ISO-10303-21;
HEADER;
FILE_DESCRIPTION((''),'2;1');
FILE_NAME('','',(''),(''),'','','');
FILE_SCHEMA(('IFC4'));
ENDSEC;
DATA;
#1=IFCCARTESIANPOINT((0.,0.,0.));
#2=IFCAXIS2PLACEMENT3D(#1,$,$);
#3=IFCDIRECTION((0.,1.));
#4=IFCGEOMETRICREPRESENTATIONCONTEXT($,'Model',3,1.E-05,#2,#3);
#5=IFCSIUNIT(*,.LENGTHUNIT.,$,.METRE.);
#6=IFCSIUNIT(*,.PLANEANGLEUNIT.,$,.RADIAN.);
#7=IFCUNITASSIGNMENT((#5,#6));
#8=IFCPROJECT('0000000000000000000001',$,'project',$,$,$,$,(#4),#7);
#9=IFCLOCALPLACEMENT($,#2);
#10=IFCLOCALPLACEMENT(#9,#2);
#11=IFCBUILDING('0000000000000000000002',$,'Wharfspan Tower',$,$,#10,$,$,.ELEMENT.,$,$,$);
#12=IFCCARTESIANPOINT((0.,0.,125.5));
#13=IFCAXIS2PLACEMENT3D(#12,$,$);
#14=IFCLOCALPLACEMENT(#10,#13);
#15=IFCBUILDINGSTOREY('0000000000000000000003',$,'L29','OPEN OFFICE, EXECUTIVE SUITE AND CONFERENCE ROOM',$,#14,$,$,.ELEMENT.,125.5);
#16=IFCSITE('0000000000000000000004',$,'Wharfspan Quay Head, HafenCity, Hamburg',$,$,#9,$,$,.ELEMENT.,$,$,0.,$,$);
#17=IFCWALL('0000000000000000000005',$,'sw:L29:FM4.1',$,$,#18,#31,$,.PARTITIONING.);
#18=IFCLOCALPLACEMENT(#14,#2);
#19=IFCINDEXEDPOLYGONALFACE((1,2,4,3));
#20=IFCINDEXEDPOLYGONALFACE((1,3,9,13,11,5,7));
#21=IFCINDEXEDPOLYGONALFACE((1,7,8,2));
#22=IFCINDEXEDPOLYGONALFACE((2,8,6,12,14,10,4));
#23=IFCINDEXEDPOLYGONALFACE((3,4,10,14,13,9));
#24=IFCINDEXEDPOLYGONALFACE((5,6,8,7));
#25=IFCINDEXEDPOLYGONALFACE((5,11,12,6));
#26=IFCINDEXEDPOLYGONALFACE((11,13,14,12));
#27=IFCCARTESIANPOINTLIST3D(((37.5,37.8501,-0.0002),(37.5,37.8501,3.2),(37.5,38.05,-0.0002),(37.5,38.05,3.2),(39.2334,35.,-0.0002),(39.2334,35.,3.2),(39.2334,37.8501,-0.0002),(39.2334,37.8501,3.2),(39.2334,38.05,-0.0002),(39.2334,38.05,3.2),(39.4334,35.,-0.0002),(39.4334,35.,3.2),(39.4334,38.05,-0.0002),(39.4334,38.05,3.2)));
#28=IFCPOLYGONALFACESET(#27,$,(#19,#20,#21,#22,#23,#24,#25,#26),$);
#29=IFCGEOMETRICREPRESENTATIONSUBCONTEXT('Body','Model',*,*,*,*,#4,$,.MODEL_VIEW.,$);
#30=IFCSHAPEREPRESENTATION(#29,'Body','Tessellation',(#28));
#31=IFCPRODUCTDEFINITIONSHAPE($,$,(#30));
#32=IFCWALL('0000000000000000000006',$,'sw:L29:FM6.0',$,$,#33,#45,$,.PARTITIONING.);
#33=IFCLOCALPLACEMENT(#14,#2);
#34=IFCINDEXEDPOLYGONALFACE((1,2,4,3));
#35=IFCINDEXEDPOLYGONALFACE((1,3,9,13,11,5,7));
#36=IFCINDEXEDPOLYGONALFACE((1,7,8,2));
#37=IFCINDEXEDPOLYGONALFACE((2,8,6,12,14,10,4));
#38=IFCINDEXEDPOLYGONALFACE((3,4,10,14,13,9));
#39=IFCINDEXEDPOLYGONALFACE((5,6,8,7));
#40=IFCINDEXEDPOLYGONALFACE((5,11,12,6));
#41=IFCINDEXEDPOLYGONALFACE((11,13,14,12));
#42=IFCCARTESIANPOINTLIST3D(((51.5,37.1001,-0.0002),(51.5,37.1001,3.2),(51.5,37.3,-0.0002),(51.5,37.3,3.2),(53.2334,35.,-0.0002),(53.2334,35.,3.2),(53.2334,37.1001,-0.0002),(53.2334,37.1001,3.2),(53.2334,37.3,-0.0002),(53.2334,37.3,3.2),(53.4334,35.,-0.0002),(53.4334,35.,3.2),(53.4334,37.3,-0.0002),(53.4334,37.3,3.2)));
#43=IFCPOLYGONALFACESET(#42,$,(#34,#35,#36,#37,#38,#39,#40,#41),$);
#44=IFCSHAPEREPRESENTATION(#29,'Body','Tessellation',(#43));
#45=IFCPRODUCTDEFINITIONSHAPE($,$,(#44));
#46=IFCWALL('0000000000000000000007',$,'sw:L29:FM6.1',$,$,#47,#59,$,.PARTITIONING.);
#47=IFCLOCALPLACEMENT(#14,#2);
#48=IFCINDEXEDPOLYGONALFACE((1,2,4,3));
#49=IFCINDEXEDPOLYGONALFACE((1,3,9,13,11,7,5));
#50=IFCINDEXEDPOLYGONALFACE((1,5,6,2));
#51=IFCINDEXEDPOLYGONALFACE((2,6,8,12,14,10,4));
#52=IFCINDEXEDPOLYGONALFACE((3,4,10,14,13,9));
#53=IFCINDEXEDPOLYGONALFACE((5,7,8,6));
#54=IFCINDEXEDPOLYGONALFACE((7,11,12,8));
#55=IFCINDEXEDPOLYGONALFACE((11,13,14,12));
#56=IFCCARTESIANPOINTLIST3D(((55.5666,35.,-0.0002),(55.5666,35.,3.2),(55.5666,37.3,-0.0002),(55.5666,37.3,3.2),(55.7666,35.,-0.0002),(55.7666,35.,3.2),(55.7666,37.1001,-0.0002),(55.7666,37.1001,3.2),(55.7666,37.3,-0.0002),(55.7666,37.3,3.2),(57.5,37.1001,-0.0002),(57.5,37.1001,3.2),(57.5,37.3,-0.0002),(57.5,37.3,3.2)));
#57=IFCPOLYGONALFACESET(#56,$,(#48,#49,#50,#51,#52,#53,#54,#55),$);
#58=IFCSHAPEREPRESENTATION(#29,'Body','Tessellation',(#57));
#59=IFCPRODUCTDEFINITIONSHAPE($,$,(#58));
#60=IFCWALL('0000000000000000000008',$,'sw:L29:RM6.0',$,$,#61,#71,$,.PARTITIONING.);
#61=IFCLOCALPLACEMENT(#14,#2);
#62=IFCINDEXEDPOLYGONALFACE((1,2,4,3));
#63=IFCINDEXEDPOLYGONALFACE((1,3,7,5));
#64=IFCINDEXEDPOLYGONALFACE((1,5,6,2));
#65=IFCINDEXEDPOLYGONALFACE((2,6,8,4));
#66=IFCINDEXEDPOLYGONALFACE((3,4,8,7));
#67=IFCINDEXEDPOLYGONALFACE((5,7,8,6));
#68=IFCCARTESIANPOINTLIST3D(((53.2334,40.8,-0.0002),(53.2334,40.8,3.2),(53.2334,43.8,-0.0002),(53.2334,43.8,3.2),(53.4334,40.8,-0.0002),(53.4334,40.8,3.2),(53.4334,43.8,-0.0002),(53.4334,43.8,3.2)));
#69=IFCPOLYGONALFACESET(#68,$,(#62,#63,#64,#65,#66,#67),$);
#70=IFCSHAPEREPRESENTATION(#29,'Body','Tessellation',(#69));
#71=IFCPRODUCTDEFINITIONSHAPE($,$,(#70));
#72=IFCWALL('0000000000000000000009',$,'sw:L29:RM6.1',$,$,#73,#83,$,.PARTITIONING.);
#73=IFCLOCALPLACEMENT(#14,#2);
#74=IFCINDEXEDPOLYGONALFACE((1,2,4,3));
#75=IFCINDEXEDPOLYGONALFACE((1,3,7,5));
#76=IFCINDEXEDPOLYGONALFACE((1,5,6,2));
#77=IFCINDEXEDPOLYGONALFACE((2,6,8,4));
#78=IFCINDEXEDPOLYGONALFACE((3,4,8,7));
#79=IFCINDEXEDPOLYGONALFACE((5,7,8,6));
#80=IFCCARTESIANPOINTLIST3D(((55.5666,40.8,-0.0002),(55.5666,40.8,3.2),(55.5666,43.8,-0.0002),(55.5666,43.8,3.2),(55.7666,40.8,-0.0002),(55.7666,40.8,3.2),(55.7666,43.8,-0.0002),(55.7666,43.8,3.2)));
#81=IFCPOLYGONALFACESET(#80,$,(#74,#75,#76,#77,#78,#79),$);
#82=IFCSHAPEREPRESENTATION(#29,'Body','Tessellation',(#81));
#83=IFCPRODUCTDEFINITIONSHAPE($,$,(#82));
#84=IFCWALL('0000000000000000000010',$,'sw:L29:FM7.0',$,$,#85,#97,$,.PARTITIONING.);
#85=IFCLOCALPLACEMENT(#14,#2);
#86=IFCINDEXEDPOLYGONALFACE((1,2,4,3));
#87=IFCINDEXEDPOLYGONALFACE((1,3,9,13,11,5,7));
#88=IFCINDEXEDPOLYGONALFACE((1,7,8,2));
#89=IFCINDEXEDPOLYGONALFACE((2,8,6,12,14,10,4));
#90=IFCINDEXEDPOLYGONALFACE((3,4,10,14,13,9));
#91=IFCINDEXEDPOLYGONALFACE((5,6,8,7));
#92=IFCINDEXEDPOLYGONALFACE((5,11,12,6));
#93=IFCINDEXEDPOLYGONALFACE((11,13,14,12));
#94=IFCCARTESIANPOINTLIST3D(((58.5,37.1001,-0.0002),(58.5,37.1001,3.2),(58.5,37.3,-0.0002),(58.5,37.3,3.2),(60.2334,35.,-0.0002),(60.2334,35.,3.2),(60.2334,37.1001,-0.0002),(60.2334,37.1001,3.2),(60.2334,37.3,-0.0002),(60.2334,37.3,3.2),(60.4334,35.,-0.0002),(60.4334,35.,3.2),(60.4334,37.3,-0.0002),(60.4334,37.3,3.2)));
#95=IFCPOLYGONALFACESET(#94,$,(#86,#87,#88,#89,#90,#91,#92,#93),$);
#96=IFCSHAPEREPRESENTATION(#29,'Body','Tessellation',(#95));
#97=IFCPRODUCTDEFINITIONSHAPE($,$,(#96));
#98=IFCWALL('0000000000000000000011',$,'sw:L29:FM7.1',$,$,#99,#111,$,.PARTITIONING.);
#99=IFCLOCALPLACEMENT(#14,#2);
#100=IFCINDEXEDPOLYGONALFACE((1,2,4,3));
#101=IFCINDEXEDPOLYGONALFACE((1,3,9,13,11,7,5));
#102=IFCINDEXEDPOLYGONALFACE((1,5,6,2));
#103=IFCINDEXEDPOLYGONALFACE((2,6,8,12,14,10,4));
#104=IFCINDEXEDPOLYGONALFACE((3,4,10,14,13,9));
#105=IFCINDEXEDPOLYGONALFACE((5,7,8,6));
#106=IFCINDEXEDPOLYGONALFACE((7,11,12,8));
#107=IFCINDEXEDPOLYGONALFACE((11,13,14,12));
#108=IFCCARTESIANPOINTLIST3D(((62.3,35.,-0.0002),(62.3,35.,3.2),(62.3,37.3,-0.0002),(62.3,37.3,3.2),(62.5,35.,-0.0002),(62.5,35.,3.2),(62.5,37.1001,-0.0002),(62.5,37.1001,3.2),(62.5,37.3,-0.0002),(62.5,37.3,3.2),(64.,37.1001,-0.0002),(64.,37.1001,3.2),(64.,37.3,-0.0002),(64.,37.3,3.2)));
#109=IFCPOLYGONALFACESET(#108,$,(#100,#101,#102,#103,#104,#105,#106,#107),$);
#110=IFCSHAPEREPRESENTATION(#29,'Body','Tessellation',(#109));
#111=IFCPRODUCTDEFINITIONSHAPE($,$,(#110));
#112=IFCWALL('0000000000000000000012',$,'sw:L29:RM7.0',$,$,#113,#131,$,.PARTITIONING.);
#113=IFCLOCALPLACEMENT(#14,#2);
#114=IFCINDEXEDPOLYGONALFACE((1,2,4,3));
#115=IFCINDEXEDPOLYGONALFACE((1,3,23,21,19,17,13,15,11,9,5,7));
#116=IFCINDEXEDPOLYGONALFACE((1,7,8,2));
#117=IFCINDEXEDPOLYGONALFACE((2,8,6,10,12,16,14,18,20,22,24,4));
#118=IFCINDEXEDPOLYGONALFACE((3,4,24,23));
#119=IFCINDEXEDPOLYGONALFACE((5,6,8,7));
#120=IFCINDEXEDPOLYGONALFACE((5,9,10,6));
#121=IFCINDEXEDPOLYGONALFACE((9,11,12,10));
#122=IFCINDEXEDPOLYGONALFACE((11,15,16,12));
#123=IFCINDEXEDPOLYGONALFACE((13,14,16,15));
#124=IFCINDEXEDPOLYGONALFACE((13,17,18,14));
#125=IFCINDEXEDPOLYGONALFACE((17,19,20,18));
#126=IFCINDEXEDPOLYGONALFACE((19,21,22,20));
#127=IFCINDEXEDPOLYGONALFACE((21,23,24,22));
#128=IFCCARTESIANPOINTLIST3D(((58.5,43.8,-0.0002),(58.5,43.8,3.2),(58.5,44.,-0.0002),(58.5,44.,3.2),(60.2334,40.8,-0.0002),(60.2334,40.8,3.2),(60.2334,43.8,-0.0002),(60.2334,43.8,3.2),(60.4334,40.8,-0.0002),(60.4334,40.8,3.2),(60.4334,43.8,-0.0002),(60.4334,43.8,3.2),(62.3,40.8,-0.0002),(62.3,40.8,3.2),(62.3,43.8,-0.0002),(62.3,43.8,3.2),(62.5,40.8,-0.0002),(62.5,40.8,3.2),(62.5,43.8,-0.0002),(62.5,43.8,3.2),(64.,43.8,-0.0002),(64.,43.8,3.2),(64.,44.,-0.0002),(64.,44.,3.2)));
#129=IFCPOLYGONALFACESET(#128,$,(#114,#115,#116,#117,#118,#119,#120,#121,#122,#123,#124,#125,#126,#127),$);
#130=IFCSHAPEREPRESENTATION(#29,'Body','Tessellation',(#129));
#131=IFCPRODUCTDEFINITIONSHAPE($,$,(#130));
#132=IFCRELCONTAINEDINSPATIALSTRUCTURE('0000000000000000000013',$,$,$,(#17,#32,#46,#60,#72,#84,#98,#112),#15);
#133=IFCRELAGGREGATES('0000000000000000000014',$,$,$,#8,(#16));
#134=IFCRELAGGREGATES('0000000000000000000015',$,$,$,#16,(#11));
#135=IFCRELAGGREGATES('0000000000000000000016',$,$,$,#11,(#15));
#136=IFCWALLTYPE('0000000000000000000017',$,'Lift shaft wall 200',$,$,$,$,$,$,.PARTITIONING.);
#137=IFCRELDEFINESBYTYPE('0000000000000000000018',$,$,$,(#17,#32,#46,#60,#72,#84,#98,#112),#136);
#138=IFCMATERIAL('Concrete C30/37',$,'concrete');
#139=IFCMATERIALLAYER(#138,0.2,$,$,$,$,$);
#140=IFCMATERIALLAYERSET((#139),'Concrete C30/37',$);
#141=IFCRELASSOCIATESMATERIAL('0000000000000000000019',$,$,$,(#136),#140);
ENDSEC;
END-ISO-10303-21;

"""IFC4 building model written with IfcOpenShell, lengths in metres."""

from ifc_helpers import new_model, si_unit, direction, frame, origin, place, context, subcontext, project, spatial, polyline, outline, extrude, material, layer, layer_set, type_object, element, save


model = new_model("IFC4")

# Units and contexts
model_context = context("Model", 3, precision=1e-05, world=origin(), true_north=direction((0.0, 1.0)))
body_context = subcontext(model_context, "Body", "Model", "MODEL_VIEW")
ifc_project = project(units=[si_unit("LENGTHUNIT", "METRE"), si_unit("PLANEANGLEUNIT", "RADIAN")], contexts=[model_context])

# Site, building, storey
site_placement = place(None, origin())
site = spatial("IfcSite", under=ifc_project, at=site_placement, Name="Wharfspan Quay Head, HafenCity, Hamburg", CompositionType="ELEMENT", RefElevation=0.0)
building_placement = place(site_placement, origin())
building = spatial("IfcBuilding", under=site, at=building_placement, Name="Wharfspan Tower", CompositionType="ELEMENT")
storey_placement = place(building_placement, frame((0.0, 0.0, 125.5)))
storey = spatial("IfcBuildingStorey", under=building, at=storey_placement, Name="L29", Description="OPEN OFFICE, EXECUTIVE SUITE AND CONFERENCE ROOM", CompositionType="ELEMENT", Elevation=125.5)

# Walls
ifc_material_1 = material(Name="Concrete C30/37", Category="concrete")
ifc_layer_1 = layer(ifc_material_1, 0.2)
ifc_layer_set_1 = layer_set([ifc_layer_1], Name="Concrete C30/37")
wall_type_1 = type_object("IfcWallType", Name="Lift shaft wall 200", PredefinedType="PARTITIONING", material=ifc_layer_set_1)
wall_1_placement = place(storey_placement, frame((0.0, 0.0, -0.0002)))
element("IfcWall", 1, at=wall_1_placement, inside=storey, type_object=wall_type_1, Name="sw:L29:FM4.1", PredefinedType="PARTITIONING", context=body_context, shape_type="SweptSolid", body=[
    extrude(outline(polyline([(39.2334, 37.8501), (37.5, 37.8501), (37.5, 38.05), (39.2334, 38.05), (39.4333, 38.05), (39.4333, 35.0), (39.2334, 35.0), (39.2334, 37.8501)])), origin(), (0.0, 0.0, 1.0), 3.2002),
])
wall_2_placement = place(storey_placement, frame((0.0, 0.0, -0.0002)))
element("IfcWall", 2, at=wall_2_placement, inside=storey, type_object=wall_type_1, Name="sw:L29:FM6.0", PredefinedType="PARTITIONING", context=body_context, shape_type="SweptSolid", body=[
    extrude(outline(polyline([(53.2334, 37.1001), (51.5, 37.1001), (51.5, 37.3), (53.2334, 37.3), (53.4333, 37.3), (53.4333, 35.0), (53.2334, 35.0), (53.2334, 37.1001)])), origin(), (0.0, 0.0, 1.0), 3.2002),
])
wall_3_placement = place(storey_placement, frame((0.0, 0.0, -0.0002)))
element("IfcWall", 3, at=wall_3_placement, inside=storey, type_object=wall_type_1, Name="sw:L29:FM6.1", PredefinedType="PARTITIONING", context=body_context, shape_type="SweptSolid", body=[
    extrude(outline(polyline([(55.5667, 37.3), (55.7666, 37.3), (57.5, 37.3), (57.5, 37.1001), (55.7666, 37.1001), (55.7666, 35.0), (55.5667, 35.0), (55.5667, 37.3)])), origin(), (0.0, 0.0, 1.0), 3.2002),
])
wall_4_placement = place(storey_placement, frame((0.0, 0.0, -0.0002)))
element("IfcWall", 4, at=wall_4_placement, inside=storey, type_object=wall_type_1, Name="sw:L29:RM6.0", PredefinedType="PARTITIONING", context=body_context, shape_type="SweptSolid", body=[
    extrude(outline(polyline([(53.2334, 40.8), (53.2334, 43.8), (53.4333, 43.8), (53.4333, 40.8), (53.2334, 40.8)])), origin(), (0.0, 0.0, 1.0), 3.2002),
])
wall_5_placement = place(storey_placement, frame((0.0, 0.0, -0.0002)))
element("IfcWall", 5, at=wall_5_placement, inside=storey, type_object=wall_type_1, Name="sw:L29:RM6.1", PredefinedType="PARTITIONING", context=body_context, shape_type="SweptSolid", body=[
    extrude(outline(polyline([(55.5667, 40.8), (55.5667, 43.8), (55.7666, 43.8), (55.7666, 40.8), (55.5667, 40.8)])), origin(), (0.0, 0.0, 1.0), 3.2002),
])
wall_6_placement = place(storey_placement, frame((0.0, 0.0, -0.0002)))
element("IfcWall", 6, at=wall_6_placement, inside=storey, type_object=wall_type_1, Name="sw:L29:FM7.0", PredefinedType="PARTITIONING", context=body_context, shape_type="SweptSolid", body=[
    extrude(outline(polyline([(60.2334, 37.1001), (58.5, 37.1001), (58.5, 37.3), (60.2334, 37.3), (60.4333, 37.3), (60.4333, 35.0), (60.2334, 35.0), (60.2334, 37.1001)])), origin(), (0.0, 0.0, 1.0), 3.2002),
])
wall_7_placement = place(storey_placement, frame((0.0, 0.0, -0.0002)))
element("IfcWall", 7, at=wall_7_placement, inside=storey, type_object=wall_type_1, Name="sw:L29:FM7.1", PredefinedType="PARTITIONING", context=body_context, shape_type="SweptSolid", body=[
    extrude(outline(polyline([(62.3, 37.3), (62.5, 37.3), (64.0, 37.3), (64.0, 37.1001), (62.5, 37.1001), (62.5, 35.0), (62.3, 35.0), (62.3, 37.3)])), origin(), (0.0, 0.0, 1.0), 3.2002),
])
wall_8_placement = place(storey_placement, frame((0.0, 0.0, -0.0002)))
element("IfcWall", 8, at=wall_8_placement, inside=storey, type_object=wall_type_1, Name="sw:L29:RM7.0", PredefinedType="PARTITIONING", context=body_context, shape_type="SweptSolid", body=[
    extrude(outline(polyline([(60.4333, 40.8), (60.2334, 40.8), (60.2334, 43.8), (58.5, 43.8), (58.5, 44.0), (64.0, 44.0), (64.0, 43.8), (62.5, 43.8), (62.5, 40.8), (62.3, 40.8), (62.3, 43.8), (60.4333, 43.8), (60.4333, 40.8)])), origin(), (0.0, 0.0, 1.0), 3.2002),
])

save(model, "model.ifc")
